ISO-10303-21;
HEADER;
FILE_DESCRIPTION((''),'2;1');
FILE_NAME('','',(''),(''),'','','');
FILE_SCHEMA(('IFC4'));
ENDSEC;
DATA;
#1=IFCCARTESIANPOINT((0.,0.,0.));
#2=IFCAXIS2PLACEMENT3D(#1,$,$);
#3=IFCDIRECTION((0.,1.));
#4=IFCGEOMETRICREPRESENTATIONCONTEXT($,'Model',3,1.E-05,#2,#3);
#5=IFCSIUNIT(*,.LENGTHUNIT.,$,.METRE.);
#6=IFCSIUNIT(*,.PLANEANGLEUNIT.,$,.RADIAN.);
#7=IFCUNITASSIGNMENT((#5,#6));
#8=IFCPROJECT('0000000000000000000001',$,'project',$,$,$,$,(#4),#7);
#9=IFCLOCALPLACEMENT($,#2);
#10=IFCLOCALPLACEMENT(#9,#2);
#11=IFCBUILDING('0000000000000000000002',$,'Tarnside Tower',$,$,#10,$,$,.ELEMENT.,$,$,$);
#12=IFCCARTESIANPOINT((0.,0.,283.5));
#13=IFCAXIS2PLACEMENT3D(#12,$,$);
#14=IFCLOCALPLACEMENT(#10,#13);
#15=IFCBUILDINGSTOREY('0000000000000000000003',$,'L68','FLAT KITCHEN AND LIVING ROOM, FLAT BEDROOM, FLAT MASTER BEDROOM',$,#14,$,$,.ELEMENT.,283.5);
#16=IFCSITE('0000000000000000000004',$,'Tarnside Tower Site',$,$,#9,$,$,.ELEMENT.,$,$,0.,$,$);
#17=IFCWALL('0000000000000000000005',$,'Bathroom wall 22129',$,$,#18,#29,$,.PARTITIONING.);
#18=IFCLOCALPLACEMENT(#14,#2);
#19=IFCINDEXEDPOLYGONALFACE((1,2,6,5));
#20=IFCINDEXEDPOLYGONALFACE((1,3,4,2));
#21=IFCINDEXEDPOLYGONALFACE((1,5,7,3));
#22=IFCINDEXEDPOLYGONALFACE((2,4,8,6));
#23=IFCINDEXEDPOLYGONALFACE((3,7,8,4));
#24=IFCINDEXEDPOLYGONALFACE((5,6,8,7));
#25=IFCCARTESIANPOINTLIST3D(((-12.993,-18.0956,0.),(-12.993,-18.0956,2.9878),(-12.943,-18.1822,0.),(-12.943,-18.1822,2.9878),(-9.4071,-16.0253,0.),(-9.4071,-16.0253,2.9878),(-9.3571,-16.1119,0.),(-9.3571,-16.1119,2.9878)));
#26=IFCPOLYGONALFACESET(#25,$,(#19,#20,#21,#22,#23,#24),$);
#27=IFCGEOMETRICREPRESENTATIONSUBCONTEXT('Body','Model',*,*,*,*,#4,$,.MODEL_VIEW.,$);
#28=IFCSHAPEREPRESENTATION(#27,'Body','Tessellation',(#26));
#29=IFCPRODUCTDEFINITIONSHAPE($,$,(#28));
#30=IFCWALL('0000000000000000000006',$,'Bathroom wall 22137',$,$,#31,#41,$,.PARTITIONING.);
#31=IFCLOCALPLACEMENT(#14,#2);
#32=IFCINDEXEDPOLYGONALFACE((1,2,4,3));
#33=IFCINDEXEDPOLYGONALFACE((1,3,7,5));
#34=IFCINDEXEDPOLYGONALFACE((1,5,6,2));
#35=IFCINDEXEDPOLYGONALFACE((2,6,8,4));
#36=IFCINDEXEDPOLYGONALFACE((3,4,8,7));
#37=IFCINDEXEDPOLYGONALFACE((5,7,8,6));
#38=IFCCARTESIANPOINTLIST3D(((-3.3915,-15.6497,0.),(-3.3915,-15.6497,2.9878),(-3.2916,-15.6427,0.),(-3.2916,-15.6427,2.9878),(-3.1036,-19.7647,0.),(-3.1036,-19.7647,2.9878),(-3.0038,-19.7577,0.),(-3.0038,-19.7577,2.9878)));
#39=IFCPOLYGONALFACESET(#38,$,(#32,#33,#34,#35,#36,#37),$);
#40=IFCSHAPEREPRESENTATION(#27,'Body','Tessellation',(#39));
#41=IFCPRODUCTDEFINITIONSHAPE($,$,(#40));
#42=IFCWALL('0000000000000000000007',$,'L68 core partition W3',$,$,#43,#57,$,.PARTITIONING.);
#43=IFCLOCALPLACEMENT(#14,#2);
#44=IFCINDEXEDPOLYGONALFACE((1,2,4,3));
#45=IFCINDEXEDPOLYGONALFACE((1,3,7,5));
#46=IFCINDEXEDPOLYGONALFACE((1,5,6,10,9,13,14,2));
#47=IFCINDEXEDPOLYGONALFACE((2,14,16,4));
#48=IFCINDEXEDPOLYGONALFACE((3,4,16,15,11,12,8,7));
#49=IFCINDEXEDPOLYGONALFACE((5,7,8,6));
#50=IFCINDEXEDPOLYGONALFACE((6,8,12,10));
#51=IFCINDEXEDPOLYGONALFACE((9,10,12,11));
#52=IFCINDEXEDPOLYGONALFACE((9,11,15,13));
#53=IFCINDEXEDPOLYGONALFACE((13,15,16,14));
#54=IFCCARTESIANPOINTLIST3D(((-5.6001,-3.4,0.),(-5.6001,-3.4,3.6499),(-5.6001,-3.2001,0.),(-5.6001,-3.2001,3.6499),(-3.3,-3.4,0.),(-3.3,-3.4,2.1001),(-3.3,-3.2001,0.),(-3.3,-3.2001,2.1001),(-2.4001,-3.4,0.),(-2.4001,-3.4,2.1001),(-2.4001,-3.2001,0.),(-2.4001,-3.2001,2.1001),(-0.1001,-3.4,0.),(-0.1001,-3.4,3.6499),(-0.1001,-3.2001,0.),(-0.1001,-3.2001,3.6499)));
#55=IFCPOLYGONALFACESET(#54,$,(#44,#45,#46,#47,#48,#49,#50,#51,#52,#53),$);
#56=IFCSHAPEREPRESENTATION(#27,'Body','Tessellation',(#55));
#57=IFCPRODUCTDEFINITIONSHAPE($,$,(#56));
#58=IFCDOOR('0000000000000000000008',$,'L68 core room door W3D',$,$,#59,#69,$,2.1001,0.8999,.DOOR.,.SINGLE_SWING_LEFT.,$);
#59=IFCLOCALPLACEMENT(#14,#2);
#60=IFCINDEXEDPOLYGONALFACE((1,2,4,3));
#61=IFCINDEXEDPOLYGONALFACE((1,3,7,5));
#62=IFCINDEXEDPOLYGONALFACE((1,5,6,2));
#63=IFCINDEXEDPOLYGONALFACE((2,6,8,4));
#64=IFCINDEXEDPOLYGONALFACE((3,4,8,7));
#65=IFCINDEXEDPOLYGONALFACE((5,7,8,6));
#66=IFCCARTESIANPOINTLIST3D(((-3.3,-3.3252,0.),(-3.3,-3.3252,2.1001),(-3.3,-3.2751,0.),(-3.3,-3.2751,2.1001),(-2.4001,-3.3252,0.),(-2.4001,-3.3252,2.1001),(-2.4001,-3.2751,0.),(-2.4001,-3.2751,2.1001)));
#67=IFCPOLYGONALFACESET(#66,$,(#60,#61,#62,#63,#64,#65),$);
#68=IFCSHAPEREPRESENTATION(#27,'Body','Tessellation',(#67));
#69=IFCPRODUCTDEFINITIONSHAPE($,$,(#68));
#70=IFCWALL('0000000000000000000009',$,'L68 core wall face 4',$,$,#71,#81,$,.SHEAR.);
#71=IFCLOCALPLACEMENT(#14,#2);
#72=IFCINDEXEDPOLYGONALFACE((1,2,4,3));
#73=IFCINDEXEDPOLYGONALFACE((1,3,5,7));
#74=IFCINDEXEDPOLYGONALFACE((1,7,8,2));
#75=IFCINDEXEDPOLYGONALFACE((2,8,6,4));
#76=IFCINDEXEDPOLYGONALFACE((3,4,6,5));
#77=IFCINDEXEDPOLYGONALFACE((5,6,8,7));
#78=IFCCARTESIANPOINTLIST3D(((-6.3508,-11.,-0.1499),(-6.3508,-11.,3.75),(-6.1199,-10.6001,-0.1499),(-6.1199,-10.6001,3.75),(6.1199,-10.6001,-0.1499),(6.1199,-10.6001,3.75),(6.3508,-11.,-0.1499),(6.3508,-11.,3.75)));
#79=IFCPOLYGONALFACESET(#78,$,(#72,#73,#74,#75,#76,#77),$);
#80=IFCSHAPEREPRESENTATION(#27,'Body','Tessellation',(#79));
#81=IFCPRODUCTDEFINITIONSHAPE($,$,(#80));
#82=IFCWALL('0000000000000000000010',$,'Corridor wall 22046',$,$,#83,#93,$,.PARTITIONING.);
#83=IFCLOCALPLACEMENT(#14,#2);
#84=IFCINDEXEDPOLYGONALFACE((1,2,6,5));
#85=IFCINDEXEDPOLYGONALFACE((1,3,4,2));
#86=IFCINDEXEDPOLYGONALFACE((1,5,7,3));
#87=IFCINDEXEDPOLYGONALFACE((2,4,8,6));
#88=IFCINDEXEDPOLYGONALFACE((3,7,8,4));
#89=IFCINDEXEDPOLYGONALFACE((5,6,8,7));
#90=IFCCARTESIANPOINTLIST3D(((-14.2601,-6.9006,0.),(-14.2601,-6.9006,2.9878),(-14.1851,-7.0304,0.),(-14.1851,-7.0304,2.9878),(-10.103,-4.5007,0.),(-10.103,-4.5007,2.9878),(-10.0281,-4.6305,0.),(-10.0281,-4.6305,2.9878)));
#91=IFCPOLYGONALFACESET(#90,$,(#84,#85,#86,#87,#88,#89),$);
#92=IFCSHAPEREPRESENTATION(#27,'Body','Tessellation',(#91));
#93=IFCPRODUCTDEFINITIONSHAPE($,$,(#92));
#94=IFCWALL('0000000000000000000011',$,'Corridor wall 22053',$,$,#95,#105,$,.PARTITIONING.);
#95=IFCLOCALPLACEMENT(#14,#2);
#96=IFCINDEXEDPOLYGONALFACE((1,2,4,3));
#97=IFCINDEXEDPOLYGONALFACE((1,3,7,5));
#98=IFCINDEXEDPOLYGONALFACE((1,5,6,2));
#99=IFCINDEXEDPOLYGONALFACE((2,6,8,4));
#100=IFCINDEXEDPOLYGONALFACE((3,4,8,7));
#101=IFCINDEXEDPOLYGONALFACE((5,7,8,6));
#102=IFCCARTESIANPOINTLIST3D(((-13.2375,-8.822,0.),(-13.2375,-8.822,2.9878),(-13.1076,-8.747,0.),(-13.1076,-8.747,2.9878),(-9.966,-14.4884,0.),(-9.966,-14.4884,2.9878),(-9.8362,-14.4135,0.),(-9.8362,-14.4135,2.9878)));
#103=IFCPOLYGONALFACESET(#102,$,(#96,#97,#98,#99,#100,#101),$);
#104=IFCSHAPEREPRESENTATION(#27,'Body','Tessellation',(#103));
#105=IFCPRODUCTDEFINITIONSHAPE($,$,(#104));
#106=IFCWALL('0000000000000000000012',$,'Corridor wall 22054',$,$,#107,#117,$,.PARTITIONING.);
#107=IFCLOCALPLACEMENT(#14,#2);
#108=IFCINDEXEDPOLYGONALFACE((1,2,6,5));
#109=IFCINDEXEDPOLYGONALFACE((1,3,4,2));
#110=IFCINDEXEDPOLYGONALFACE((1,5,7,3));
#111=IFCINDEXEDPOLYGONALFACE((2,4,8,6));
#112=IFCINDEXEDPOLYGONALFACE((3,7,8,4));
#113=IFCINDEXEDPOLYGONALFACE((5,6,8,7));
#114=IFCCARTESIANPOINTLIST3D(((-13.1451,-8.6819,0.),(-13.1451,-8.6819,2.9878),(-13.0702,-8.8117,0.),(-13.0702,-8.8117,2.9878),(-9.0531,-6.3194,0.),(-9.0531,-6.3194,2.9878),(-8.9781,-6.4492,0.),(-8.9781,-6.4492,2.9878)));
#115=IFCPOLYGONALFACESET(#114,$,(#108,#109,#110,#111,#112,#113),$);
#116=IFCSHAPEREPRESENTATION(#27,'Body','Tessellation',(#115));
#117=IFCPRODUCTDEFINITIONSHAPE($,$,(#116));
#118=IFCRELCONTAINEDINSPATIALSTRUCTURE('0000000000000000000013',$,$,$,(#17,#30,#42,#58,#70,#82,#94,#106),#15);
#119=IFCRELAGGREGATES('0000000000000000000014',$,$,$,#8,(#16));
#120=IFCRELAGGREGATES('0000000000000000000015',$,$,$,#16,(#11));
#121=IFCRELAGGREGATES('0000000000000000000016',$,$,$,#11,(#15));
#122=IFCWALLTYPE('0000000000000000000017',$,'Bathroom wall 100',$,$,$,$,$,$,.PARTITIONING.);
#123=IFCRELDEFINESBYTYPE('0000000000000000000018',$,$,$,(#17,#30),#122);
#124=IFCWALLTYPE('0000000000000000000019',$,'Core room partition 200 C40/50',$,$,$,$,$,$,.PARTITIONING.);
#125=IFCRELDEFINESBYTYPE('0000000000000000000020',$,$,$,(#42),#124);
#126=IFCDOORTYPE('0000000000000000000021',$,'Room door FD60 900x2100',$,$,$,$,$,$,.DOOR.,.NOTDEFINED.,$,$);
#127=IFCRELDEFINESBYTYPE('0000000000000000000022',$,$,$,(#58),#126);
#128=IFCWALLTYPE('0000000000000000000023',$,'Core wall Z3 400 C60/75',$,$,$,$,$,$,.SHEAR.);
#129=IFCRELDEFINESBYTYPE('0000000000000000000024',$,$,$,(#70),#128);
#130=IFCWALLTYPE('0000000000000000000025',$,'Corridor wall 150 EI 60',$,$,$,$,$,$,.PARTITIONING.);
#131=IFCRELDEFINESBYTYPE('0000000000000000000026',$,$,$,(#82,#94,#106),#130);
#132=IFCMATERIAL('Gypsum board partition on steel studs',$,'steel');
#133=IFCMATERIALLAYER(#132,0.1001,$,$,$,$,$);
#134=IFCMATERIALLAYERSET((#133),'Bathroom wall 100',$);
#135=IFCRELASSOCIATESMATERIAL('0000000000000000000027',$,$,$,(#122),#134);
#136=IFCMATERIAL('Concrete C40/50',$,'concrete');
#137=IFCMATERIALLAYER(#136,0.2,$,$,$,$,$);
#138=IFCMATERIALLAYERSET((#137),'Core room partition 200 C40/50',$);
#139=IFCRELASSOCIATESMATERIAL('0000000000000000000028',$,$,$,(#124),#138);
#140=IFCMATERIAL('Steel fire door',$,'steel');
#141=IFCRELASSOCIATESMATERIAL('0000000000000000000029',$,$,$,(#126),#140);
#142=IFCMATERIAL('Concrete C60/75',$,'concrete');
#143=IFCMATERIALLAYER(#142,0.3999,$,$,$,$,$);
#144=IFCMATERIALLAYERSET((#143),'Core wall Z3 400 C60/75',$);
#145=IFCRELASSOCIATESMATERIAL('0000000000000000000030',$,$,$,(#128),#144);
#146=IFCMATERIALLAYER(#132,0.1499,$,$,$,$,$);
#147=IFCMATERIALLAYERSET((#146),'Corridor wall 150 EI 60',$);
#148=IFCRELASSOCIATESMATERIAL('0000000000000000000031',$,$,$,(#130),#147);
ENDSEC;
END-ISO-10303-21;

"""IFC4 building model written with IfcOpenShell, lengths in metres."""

from ifc_helpers import new_model, si_unit, direction, frame, frame_2d, origin, place, context, subcontext, project, spatial, polyline, rectangle, outline, extrude, material, layer, layer_set, type_object, element, fill, save


model = new_model("IFC4")

# Units and contexts
model_context = context("Model", 3, precision=1e-05, world=origin(), true_north=direction((0.0, 1.0)))
body_context = subcontext(model_context, "Body", "Model", "MODEL_VIEW")
ifc_project = project(units=[si_unit("LENGTHUNIT", "METRE"), si_unit("PLANEANGLEUNIT", "RADIAN")], contexts=[model_context])

# Site, building, storey
site_placement = place(None, origin())
site = spatial("IfcSite", under=ifc_project, at=site_placement, Name="Tarnside Tower Site", CompositionType="ELEMENT", RefElevation=0.0)
building_placement = place(site_placement, origin())
building = spatial("IfcBuilding", under=site, at=building_placement, Name="Tarnside Tower", CompositionType="ELEMENT")
storey_placement = place(building_placement, frame((0.0, 0.0, 283.5)))
storey = spatial("IfcBuildingStorey", under=building, at=storey_placement, Name="L68", Description="FLAT KITCHEN AND LIVING ROOM, FLAT BEDROOM, FLAT MASTER BEDROOM", CompositionType="ELEMENT", Elevation=283.5)

# Walls
ifc_material_1 = material(Name="Gypsum board partition on steel studs", Category="steel")
ifc_layer_1 = layer(ifc_material_1, 0.1001)
ifc_layer_set_1 = layer_set([ifc_layer_1], Name="Bathroom wall 100")
wall_type_1 = type_object("IfcWallType", Name="Bathroom wall 100", PredefinedType="PARTITIONING", material=ifc_layer_set_1)
wall_1_placement = place(storey_placement, frame((-9.3821, -16.0686, 0.0), z_axis=(0.0, 0.0, 1.0), x_axis=(-0.866028, -0.499995, 0.0)))
element("IfcWall", 1, at=wall_1_placement, inside=storey, type_object=wall_type_1, Name="Bathroom wall 22129", PredefinedType="PARTITIONING", context=body_context, shape_type="SweptSolid", body=[
    extrude(rectangle(XDim=4.1406, YDim=0.1001, at=frame_2d((2.0703, 0.0))), origin(), (0.0, 0.0, 1.0), 2.9878),
])
wall_2_placement = place(storey_placement, frame((-3.3416, -15.6462, 0.0), z_axis=(0.0, 0.0, 1.0), x_axis=(0.069779, -0.997562, 0.0)))
element("IfcWall", 2, at=wall_2_placement, inside=storey, type_object=wall_type_1, Name="Bathroom wall 22137", PredefinedType="PARTITIONING", context=body_context, shape_type="SweptSolid", body=[
    extrude(rectangle(XDim=4.125, YDim=0.1001, at=frame_2d((2.0625, 0.0))), origin(), (0.0, 0.0, 1.0), 2.9878),
])

# Wall, opening, door
ifc_material_2 = material(Name="Concrete C40/50", Category="concrete")
ifc_layer_2 = layer(ifc_material_2, 0.2)
ifc_layer_set_2 = layer_set([ifc_layer_2], Name="Core room partition 200 C40/50")
wall_type_2 = type_object("IfcWallType", Name="Core room partition 200 C40/50", PredefinedType="PARTITIONING", material=ifc_layer_set_2)
wall_3_placement = place(storey_placement, frame((-5.6001, -3.3, 0.0), z_axis=(0.0, 0.0, 1.0), x_axis=(1.0, 0.0, 0.0)))
wall_3 = element("IfcWall", 3, at=wall_3_placement, inside=storey, type_object=wall_type_2, Name="L68 core partition W3", PredefinedType="PARTITIONING", context=body_context, shape_type="SweptSolid", body=[
    extrude(rectangle(XDim=5.5, YDim=0.2, at=frame_2d((2.75, 0.0))), origin(), (0.0, 0.0, 1.0), 3.6499),
])
opening_1_placement = place(wall_3_placement, frame((2.3, 0.0, 0.0)))
opening_1 = element("IfcOpeningElement", 4, at=opening_1_placement, cuts=wall_3, PredefinedType="OPENING", context=body_context, shape_type="SweptSolid", body=[
    extrude(rectangle(XDim=0.8999, YDim=2.1001, at=frame_2d((0.45, 1.05))), frame((0.0, 0.1099, 0.0), z_axis=(0.0, -1.0, 0.0), x_axis=(1.0, 0.0, 0.0)), (0.0, 0.0, 1.0), 0.22),
])
ifc_material_3 = material(Name="Steel fire door", Category="steel")
door_type_1 = type_object("IfcDoorType", Name="Room door FD60 900x2100", OperationType="NOTDEFINED", PredefinedType="DOOR", material=ifc_material_3)
door_1_placement = place(opening_1_placement, origin())
door_1 = element("IfcDoor", 5, at=door_1_placement, inside=storey, type_object=door_type_1, Name="L68 core room door W3D", OperationType="SINGLE_SWING_LEFT", OverallHeight=2.1001, OverallWidth=0.8999, PredefinedType="DOOR", context=body_context, shape_type="SweptSolid", body=[
    extrude(rectangle(XDim=0.8999, YDim=2.1001, at=frame_2d((0.45, 1.05))), frame((0.0, 0.0249, 0.0), z_axis=(0.0, -1.0, 0.0), x_axis=(1.0, 0.0, 0.0)), (0.0, 0.0, 1.0), 0.05),
])
fill(opening_1, door_1)

# Walls
ifc_material_4 = material(Name="Concrete C60/75", Category="concrete")
ifc_layer_3 = layer(ifc_material_4, 0.3999)
ifc_layer_set_3 = layer_set([ifc_layer_3], Name="Core wall Z3 400 C60/75")
wall_type_3 = type_object("IfcWallType", Name="Core wall Z3 400 C60/75", PredefinedType="SHEAR", material=ifc_layer_set_3)
wall_4_placement = place(storey_placement, frame((-6.2354, -10.8, -0.1499), z_axis=(0.0, 0.0, 1.0), x_axis=(1.0, 0.0, 0.0)))
element("IfcWall", 6, at=wall_4_placement, inside=storey, type_object=wall_type_3, Name="L68 core wall face 4", PredefinedType="SHEAR", context=body_context, shape_type="SweptSolid", body=[
    extrude(outline(polyline([(-0.1155, -0.2), (12.5862, -0.2), (12.3552, 0.2), (0.1155, 0.2), (-0.1155, -0.2)])), origin(), (0.0, 0.0, 1.0), 3.8999),
])
ifc_layer_4 = layer(ifc_material_1, 0.1499)
ifc_layer_set_4 = layer_set([ifc_layer_4], Name="Corridor wall 150 EI 60")
wall_type_4 = type_object("IfcWallType", Name="Corridor wall 150 EI 60", PredefinedType="PARTITIONING", material=ifc_layer_set_4)
wall_5_placement = place(storey_placement, frame((-10.0657, -4.5657, 0.0), z_axis=(0.0, 0.0, 1.0), x_axis=(-0.866037, -0.499979, 0.0)))
element("IfcWall", 7, at=wall_5_placement, inside=storey, type_object=wall_type_4, Name="Corridor wall 22046", PredefinedType="PARTITIONING", context=body_context, shape_type="SweptSolid", body=[
    extrude(rectangle(XDim=4.8, YDim=0.1499, at=frame_2d((2.3999, 0.0))), origin(), (0.0, 0.0, 1.0), 2.9878),
])
wall_6_placement = place(storey_placement, frame((-9.9011, -14.4509, 0.0), z_axis=(0.0, 0.0, 1.0), x_axis=(-0.499992, 0.86603, 0.0)))
element("IfcWall", 8, at=wall_6_placement, inside=storey, type_object=wall_type_4, Name="Corridor wall 22053", PredefinedType="PARTITIONING", context=body_context, shape_type="SweptSolid", body=[
    extrude(rectangle(XDim=6.543, YDim=0.1499, at=frame_2d((3.2715, 0.0))), origin(), (0.0, 0.0, 1.0), 2.9878),
])
wall_7_placement = place(storey_placement, frame((-13.1077, -8.7468, 0.0), z_axis=(0.0, 0.0, 1.0), x_axis=(0.866025, 0.500001, 0.0)))
element("IfcWall", 9, at=wall_7_placement, inside=storey, type_object=wall_type_4, Name="Corridor wall 22054", PredefinedType="PARTITIONING", context=body_context, shape_type="SweptSolid", body=[
    extrude(rectangle(XDim=4.7251, YDim=0.1499, at=frame_2d((2.3625, 0.0))), origin(), (0.0, 0.0, 1.0), 2.9878),
])

save(model, "model.ifc")
